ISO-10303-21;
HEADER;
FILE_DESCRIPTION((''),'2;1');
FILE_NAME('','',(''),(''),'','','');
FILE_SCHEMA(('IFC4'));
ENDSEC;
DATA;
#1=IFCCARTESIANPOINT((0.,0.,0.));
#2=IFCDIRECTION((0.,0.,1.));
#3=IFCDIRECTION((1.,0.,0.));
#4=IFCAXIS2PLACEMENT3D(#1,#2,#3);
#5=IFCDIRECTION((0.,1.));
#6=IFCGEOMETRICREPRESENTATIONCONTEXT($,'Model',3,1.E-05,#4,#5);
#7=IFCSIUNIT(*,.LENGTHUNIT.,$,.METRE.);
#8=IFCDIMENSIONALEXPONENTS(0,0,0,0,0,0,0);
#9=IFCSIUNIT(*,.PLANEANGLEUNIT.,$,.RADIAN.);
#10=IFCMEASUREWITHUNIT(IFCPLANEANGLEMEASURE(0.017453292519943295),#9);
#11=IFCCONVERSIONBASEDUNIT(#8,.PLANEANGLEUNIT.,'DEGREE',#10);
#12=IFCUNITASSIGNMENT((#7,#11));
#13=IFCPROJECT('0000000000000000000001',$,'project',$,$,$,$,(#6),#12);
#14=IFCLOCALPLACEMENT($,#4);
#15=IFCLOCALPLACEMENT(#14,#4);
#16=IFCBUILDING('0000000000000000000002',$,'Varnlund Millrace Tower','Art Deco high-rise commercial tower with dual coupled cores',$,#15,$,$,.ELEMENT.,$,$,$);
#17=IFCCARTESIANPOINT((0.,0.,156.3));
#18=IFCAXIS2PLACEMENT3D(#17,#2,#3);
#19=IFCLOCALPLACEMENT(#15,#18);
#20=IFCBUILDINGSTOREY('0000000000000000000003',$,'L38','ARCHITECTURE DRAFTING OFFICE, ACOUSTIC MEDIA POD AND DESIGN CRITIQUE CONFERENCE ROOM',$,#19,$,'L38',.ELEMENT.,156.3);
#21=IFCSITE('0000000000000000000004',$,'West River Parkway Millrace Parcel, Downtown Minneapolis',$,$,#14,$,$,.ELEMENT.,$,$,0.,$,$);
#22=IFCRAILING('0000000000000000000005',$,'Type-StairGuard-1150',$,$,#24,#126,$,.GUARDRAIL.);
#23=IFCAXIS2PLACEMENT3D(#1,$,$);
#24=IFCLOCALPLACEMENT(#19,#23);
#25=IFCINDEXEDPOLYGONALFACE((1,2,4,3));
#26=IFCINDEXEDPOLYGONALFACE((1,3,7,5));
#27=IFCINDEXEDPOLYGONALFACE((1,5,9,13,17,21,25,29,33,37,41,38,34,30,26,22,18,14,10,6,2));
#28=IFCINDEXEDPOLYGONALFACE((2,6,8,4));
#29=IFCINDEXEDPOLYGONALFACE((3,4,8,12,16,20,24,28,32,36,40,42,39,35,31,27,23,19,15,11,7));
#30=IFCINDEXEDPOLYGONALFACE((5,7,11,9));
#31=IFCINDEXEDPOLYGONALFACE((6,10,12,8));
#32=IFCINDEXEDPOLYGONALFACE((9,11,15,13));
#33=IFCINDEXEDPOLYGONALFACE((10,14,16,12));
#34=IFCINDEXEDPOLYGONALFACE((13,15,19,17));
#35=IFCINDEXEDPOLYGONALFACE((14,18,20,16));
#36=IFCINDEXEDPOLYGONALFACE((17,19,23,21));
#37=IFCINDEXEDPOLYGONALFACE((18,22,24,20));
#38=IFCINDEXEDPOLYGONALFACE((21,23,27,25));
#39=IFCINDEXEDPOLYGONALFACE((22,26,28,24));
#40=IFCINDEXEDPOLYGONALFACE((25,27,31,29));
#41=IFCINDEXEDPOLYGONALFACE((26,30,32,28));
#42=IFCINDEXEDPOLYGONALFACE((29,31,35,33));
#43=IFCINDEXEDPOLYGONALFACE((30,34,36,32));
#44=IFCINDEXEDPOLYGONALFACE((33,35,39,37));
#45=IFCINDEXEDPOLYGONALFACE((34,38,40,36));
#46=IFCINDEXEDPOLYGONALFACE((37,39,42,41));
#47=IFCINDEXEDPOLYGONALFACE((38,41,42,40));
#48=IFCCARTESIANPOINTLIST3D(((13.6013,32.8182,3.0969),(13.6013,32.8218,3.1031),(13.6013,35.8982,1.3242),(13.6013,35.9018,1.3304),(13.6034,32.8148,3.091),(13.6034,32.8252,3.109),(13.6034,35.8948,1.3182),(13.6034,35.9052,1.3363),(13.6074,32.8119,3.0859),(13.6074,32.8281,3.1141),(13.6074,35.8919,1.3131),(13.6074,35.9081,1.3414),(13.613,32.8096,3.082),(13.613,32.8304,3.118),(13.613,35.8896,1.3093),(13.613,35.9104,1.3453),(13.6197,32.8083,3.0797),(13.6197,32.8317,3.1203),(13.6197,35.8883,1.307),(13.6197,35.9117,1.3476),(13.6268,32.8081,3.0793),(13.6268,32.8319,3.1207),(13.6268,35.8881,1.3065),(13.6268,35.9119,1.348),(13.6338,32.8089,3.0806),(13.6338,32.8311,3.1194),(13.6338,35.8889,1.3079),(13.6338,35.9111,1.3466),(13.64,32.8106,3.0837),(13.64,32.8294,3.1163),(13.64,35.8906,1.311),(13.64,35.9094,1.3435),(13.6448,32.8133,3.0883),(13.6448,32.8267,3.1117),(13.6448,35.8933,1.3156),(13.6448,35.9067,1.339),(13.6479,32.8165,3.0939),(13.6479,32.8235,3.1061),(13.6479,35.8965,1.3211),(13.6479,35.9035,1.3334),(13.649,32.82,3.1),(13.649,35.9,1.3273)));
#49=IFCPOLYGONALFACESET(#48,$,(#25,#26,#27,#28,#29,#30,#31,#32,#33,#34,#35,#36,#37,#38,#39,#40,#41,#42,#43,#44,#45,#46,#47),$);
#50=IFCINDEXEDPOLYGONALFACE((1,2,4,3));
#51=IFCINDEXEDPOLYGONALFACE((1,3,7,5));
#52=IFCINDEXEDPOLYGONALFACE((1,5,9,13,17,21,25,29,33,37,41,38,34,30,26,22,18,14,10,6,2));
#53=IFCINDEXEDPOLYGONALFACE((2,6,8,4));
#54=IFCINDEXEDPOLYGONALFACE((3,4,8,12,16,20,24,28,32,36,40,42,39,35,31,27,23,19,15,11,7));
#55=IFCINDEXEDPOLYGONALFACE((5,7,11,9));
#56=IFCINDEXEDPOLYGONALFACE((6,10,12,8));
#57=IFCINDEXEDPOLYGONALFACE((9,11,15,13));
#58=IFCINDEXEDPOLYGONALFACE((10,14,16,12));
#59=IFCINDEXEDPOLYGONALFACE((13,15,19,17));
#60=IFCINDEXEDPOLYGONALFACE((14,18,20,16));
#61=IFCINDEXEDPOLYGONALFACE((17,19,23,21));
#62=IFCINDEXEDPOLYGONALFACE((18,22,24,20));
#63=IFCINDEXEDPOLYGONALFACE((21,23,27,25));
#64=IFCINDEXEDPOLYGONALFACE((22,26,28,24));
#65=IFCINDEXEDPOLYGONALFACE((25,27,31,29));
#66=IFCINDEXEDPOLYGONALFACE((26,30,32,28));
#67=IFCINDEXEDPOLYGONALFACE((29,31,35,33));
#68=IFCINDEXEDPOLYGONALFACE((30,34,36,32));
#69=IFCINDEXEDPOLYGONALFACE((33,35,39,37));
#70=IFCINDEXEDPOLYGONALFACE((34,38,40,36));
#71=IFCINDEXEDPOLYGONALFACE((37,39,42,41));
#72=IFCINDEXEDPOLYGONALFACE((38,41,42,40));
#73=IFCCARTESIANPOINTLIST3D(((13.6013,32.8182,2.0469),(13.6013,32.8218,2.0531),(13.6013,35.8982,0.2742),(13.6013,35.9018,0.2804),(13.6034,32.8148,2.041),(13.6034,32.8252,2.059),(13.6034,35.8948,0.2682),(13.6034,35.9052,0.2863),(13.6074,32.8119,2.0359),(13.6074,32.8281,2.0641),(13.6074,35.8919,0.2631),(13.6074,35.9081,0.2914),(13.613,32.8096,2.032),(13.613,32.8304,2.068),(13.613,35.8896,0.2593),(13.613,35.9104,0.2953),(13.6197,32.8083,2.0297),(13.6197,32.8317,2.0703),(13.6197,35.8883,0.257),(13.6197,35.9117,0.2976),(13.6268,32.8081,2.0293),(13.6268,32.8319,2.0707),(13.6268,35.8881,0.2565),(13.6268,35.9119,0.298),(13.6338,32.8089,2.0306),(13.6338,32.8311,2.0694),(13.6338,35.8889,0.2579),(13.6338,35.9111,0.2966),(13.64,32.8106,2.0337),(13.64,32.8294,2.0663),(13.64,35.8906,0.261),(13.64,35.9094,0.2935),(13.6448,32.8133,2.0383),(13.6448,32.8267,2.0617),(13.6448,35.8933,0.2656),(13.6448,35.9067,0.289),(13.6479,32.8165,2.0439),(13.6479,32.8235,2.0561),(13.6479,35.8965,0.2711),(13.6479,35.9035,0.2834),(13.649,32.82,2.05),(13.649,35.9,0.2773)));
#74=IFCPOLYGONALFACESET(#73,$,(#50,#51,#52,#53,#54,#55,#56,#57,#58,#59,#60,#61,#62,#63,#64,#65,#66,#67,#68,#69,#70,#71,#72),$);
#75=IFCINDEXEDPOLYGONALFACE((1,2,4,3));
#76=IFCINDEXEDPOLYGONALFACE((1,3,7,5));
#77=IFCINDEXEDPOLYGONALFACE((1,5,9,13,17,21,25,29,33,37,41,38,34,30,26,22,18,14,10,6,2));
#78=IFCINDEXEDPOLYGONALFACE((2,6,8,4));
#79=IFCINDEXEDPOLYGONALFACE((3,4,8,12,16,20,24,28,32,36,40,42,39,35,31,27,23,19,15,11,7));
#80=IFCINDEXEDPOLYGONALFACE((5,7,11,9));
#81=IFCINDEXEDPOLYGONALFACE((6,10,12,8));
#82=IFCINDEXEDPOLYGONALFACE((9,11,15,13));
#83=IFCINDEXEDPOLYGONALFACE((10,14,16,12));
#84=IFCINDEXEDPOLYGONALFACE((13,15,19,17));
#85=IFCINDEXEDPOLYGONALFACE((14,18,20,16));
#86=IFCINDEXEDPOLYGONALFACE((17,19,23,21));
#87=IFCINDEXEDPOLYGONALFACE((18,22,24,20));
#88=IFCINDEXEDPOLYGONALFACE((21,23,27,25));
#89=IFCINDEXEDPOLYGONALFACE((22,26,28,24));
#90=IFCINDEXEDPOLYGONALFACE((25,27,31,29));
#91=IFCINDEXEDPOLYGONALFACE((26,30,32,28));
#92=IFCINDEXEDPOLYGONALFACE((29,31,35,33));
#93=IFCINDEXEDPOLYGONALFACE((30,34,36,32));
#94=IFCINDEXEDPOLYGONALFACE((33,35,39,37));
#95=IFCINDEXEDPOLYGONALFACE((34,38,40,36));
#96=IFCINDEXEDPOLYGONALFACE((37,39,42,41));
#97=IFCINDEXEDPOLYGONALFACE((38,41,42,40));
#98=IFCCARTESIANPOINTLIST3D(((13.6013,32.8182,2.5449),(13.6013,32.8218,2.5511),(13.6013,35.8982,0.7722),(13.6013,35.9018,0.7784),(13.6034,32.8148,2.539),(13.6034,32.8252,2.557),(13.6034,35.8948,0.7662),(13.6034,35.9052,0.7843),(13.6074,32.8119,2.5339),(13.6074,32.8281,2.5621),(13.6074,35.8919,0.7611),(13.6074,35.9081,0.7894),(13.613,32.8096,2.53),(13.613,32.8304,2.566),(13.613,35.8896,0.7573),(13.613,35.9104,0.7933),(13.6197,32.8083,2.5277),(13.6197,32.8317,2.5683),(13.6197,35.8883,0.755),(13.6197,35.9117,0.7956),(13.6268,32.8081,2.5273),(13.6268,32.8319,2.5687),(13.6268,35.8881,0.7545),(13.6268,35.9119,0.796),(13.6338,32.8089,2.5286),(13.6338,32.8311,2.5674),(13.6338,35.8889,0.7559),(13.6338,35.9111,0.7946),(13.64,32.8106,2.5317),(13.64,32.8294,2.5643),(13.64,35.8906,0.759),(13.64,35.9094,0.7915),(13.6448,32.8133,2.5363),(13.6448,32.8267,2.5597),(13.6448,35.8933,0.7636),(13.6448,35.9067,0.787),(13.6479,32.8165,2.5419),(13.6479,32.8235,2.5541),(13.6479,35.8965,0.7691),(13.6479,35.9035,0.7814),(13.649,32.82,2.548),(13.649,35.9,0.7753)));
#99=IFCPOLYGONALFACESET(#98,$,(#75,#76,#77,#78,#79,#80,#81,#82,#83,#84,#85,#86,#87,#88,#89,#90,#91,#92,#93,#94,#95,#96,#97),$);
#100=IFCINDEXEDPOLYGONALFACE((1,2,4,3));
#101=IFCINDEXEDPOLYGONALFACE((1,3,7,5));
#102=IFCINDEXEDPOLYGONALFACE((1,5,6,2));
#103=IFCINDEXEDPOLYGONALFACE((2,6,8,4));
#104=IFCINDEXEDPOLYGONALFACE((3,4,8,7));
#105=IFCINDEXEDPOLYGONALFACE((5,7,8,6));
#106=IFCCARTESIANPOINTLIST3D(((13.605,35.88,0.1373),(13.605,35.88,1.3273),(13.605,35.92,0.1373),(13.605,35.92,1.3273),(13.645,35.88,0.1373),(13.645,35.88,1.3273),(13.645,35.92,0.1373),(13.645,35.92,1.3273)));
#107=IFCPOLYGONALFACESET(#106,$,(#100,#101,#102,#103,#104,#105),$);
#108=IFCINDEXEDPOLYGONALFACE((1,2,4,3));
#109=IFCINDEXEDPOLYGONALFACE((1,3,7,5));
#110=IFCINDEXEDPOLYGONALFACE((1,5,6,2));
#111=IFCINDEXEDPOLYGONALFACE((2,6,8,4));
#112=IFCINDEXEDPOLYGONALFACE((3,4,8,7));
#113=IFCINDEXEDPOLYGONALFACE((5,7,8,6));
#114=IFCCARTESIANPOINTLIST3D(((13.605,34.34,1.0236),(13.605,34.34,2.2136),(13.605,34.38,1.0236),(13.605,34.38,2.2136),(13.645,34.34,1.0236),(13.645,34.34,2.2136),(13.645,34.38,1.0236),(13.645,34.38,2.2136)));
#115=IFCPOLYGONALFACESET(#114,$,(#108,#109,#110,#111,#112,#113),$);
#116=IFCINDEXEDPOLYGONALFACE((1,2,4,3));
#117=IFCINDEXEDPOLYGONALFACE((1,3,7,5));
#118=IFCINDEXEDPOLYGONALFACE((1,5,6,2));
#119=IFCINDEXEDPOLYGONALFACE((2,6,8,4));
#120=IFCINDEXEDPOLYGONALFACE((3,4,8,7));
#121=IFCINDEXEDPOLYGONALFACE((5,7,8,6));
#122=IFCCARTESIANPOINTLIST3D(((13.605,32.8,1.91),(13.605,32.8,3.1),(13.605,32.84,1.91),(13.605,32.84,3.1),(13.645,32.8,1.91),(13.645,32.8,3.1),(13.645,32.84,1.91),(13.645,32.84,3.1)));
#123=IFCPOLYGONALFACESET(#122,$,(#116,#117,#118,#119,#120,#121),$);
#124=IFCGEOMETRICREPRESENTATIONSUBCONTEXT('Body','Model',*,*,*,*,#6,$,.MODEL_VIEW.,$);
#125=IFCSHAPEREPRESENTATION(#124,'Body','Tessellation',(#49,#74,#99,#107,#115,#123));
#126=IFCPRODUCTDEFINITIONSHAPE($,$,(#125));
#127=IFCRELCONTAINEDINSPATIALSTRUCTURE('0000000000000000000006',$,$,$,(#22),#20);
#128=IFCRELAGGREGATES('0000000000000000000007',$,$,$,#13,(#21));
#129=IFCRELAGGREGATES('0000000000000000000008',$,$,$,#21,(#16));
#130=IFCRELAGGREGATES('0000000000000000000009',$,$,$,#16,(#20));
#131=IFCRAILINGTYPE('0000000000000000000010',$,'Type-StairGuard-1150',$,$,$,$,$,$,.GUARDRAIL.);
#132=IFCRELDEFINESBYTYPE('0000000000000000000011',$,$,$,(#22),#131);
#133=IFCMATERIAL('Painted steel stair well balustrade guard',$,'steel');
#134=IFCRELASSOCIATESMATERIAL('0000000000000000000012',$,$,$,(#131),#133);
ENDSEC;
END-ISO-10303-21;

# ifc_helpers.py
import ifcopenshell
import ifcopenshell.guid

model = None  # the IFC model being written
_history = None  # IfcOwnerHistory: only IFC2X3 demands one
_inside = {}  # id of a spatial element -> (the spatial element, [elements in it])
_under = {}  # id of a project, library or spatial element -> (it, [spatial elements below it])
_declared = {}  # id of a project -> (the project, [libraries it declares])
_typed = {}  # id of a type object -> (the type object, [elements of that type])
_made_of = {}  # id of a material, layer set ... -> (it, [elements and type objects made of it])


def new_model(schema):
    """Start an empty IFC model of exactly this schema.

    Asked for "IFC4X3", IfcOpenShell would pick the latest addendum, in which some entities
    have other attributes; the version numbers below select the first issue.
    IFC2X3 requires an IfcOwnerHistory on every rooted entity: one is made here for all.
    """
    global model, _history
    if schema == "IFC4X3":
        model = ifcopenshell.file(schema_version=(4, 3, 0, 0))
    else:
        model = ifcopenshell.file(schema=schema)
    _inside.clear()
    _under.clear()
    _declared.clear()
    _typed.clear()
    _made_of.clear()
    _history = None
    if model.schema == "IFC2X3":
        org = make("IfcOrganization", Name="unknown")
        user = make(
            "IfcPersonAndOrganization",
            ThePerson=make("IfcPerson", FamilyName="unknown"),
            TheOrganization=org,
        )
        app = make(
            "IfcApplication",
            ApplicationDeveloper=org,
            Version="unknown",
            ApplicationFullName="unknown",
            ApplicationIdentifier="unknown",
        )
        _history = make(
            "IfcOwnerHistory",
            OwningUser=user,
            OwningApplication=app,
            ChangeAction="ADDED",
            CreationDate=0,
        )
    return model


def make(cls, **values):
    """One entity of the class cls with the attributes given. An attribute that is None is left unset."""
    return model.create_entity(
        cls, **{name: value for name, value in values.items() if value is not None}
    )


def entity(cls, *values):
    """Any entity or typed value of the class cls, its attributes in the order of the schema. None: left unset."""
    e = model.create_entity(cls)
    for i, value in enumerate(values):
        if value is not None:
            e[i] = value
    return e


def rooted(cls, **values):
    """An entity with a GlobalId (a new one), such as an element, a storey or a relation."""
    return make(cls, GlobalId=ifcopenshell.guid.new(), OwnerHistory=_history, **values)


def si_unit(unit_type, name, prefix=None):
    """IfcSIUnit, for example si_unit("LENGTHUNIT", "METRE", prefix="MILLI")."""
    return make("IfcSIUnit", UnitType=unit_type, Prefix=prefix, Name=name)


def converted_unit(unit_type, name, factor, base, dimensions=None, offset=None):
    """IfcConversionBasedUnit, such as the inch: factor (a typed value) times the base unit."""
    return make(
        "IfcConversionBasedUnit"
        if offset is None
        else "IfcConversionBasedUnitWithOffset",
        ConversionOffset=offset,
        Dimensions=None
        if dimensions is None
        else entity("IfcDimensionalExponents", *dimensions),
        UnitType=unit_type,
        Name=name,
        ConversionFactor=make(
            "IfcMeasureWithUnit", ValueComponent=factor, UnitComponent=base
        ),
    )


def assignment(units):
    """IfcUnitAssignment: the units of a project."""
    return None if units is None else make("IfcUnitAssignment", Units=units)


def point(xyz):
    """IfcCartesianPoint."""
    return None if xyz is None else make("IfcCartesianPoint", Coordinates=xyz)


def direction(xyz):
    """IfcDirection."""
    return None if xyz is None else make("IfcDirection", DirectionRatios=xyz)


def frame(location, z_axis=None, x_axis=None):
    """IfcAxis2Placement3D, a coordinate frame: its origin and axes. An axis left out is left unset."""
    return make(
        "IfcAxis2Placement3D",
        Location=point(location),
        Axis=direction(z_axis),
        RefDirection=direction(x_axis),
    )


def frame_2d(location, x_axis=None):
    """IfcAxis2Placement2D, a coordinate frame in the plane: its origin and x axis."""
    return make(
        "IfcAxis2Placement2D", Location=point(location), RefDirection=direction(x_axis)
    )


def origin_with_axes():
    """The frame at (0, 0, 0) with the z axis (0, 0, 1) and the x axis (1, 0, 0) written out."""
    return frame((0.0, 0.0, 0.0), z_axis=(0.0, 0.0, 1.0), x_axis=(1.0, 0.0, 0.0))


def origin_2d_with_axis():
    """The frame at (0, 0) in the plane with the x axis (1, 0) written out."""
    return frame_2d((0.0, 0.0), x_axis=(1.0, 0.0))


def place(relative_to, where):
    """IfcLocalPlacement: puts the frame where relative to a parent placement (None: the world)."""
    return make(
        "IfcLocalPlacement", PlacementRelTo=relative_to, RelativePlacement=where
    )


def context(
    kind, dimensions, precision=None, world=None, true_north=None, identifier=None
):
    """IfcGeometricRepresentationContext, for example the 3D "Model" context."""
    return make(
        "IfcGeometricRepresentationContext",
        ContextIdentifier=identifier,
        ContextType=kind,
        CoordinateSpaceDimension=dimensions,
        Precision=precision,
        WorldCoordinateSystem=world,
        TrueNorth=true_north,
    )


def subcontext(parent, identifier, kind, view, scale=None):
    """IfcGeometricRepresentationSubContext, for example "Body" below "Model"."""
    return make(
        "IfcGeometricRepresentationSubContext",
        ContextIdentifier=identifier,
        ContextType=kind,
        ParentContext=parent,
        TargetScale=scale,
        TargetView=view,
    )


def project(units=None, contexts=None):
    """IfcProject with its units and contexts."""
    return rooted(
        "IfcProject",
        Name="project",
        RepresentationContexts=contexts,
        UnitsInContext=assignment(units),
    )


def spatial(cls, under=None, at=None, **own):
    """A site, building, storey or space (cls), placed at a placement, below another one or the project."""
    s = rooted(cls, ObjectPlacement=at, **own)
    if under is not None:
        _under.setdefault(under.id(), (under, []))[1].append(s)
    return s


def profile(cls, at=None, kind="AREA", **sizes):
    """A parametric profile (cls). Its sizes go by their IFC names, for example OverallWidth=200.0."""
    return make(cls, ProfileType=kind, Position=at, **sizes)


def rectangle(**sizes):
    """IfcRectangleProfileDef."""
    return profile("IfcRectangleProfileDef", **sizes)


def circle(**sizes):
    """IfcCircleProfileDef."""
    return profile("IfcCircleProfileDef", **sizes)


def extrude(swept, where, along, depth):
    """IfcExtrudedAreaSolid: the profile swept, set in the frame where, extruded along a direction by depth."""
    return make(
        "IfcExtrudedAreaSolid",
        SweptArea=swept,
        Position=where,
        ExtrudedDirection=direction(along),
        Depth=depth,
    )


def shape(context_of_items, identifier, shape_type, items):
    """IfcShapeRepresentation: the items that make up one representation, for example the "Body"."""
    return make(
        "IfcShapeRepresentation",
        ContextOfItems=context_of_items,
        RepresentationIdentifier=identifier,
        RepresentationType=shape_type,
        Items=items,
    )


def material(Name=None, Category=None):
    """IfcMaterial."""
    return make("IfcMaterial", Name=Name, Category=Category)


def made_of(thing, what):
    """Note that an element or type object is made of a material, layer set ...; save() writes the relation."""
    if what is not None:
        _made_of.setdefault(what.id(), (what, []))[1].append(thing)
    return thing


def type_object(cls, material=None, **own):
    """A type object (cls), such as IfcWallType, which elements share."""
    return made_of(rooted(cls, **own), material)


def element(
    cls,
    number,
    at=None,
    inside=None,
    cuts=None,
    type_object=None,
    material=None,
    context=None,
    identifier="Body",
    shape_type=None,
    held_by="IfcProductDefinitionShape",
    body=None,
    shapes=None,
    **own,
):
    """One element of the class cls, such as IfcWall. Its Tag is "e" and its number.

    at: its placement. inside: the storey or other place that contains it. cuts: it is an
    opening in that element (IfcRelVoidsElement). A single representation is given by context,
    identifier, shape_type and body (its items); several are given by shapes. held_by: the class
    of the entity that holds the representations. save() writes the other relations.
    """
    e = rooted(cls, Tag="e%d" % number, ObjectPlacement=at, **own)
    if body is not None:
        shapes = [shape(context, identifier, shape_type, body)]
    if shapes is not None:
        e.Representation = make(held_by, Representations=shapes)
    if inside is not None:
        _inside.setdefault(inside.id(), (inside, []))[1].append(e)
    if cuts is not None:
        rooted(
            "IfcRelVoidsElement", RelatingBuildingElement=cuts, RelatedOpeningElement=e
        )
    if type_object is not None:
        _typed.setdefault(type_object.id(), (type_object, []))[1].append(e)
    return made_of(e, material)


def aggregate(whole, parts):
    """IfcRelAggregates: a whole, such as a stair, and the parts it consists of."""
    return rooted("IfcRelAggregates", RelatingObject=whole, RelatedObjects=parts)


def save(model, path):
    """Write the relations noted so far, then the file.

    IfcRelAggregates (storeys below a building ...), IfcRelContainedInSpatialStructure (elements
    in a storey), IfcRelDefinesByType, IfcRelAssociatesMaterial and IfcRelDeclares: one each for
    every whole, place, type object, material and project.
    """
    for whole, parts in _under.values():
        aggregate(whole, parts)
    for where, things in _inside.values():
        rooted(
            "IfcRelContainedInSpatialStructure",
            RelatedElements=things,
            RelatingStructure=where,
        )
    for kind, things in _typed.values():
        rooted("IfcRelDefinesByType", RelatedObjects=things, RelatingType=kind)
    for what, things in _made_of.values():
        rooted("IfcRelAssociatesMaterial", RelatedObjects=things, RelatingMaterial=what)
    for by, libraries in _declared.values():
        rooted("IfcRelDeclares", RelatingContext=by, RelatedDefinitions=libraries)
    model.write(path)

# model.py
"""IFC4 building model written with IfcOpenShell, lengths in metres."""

from ifc_helpers import new_model, entity, si_unit, converted_unit, direction, frame, origin_with_axes, origin_2d_with_axis, place, context, subcontext, project, spatial, rectangle, circle, extrude, material, type_object, element, save


model = new_model("IFC4")

# Units and contexts
model_context = context("Model", 3, precision=1e-05, world=origin_with_axes(), true_north=direction((0.0, 1.0)))
body_context = subcontext(model_context, "Body", "Model", "MODEL_VIEW")
ifc_project = project(units=[si_unit("LENGTHUNIT", "METRE"), converted_unit("PLANEANGLEUNIT", "DEGREE", entity("IfcPlaneAngleMeasure", 0.017453292519943295), si_unit("PLANEANGLEUNIT", "RADIAN"), dimensions=[0, 0, 0, 0, 0, 0, 0])], contexts=[model_context])

# Site, building, storey
site_placement = place(None, origin_with_axes())
site = spatial("IfcSite", under=ifc_project, at=site_placement, Name="West River Parkway Millrace Parcel, Downtown Minneapolis", CompositionType="ELEMENT", RefElevation=0.0)
building_placement = place(site_placement, origin_with_axes())
building = spatial("IfcBuilding", under=site, at=building_placement, Name="Varnlund Millrace Tower", Description="Art Deco high-rise commercial tower with dual coupled cores", CompositionType="ELEMENT")
storey_placement = place(building_placement, frame((0.0, 0.0, 156.3), z_axis=(0.0, 0.0, 1.0), x_axis=(1.0, 0.0, 0.0)))
storey = spatial("IfcBuildingStorey", under=building, at=storey_placement, Name="L38", Description="ARCHITECTURE DRAFTING OFFICE, ACOUSTIC MEDIA POD AND DESIGN CRITIQUE CONFERENCE ROOM", LongName="L38", CompositionType="ELEMENT", Elevation=156.3)

# Railing
ifc_material_1 = material(Name="Painted steel stair well balustrade guard", Category="steel")
railing_type_1 = type_object("IfcRailingType", Name="Type-StairGuard-1150", PredefinedType="GUARDRAIL", material=ifc_material_1)
railing_1_placement = place(storey_placement, frame((0.0, 0.0, -156.3), z_axis=(0.0, 0.0, 1.0), x_axis=(1.0, 0.0, 0.0)))
element("IfcRailing", 1, at=railing_1_placement, inside=storey, type_object=railing_type_1, Name="Type-StairGuard-1150", PredefinedType="GUARDRAIL", context=body_context, shape_type="SweptSolid", body=[
    extrude(circle(Radius=0.024, at=origin_2d_with_axis()), frame((13.625, 35.9, 157.6273), z_axis=(0.0, -0.866696, 0.498836), x_axis=(1.0, 0.0, 0.0)), (0.0, 0.0, 1.0), 3.5537),
    extrude(circle(Radius=0.024, at=origin_2d_with_axis()), frame((13.625, 35.9, 156.5773), z_axis=(0.0, -0.866696, 0.498836), x_axis=(1.0, 0.0, 0.0)), (0.0, 0.0, 1.0), 3.5537),
    extrude(circle(Radius=0.024, at=origin_2d_with_axis()), frame((13.625, 35.9, 157.0753), z_axis=(0.0, -0.866696, 0.498836), x_axis=(1.0, 0.0, 0.0)), (0.0, 0.0, 1.0), 3.5537),
    extrude(rectangle(XDim=0.04, YDim=0.04, at=origin_2d_with_axis()), frame((13.625, 35.9, 156.4373), z_axis=(0.0, 0.0, 1.0), x_axis=(1.0, 0.0, 0.0)), (0.0, 0.0, 1.0), 1.19),
    extrude(rectangle(XDim=0.04, YDim=0.04, at=origin_2d_with_axis()), frame((13.625, 34.36, 157.3236), z_axis=(0.0, 0.0, 1.0), x_axis=(1.0, 0.0, 0.0)), (0.0, 0.0, 1.0), 1.19),
    extrude(rectangle(XDim=0.04, YDim=0.04, at=origin_2d_with_axis()), frame((13.625, 32.82, 158.21), z_axis=(0.0, 0.0, 1.0), x_axis=(1.0, 0.0, 0.0)), (0.0, 0.0, 1.0), 1.19),
])

save(model, "model.ifc")
